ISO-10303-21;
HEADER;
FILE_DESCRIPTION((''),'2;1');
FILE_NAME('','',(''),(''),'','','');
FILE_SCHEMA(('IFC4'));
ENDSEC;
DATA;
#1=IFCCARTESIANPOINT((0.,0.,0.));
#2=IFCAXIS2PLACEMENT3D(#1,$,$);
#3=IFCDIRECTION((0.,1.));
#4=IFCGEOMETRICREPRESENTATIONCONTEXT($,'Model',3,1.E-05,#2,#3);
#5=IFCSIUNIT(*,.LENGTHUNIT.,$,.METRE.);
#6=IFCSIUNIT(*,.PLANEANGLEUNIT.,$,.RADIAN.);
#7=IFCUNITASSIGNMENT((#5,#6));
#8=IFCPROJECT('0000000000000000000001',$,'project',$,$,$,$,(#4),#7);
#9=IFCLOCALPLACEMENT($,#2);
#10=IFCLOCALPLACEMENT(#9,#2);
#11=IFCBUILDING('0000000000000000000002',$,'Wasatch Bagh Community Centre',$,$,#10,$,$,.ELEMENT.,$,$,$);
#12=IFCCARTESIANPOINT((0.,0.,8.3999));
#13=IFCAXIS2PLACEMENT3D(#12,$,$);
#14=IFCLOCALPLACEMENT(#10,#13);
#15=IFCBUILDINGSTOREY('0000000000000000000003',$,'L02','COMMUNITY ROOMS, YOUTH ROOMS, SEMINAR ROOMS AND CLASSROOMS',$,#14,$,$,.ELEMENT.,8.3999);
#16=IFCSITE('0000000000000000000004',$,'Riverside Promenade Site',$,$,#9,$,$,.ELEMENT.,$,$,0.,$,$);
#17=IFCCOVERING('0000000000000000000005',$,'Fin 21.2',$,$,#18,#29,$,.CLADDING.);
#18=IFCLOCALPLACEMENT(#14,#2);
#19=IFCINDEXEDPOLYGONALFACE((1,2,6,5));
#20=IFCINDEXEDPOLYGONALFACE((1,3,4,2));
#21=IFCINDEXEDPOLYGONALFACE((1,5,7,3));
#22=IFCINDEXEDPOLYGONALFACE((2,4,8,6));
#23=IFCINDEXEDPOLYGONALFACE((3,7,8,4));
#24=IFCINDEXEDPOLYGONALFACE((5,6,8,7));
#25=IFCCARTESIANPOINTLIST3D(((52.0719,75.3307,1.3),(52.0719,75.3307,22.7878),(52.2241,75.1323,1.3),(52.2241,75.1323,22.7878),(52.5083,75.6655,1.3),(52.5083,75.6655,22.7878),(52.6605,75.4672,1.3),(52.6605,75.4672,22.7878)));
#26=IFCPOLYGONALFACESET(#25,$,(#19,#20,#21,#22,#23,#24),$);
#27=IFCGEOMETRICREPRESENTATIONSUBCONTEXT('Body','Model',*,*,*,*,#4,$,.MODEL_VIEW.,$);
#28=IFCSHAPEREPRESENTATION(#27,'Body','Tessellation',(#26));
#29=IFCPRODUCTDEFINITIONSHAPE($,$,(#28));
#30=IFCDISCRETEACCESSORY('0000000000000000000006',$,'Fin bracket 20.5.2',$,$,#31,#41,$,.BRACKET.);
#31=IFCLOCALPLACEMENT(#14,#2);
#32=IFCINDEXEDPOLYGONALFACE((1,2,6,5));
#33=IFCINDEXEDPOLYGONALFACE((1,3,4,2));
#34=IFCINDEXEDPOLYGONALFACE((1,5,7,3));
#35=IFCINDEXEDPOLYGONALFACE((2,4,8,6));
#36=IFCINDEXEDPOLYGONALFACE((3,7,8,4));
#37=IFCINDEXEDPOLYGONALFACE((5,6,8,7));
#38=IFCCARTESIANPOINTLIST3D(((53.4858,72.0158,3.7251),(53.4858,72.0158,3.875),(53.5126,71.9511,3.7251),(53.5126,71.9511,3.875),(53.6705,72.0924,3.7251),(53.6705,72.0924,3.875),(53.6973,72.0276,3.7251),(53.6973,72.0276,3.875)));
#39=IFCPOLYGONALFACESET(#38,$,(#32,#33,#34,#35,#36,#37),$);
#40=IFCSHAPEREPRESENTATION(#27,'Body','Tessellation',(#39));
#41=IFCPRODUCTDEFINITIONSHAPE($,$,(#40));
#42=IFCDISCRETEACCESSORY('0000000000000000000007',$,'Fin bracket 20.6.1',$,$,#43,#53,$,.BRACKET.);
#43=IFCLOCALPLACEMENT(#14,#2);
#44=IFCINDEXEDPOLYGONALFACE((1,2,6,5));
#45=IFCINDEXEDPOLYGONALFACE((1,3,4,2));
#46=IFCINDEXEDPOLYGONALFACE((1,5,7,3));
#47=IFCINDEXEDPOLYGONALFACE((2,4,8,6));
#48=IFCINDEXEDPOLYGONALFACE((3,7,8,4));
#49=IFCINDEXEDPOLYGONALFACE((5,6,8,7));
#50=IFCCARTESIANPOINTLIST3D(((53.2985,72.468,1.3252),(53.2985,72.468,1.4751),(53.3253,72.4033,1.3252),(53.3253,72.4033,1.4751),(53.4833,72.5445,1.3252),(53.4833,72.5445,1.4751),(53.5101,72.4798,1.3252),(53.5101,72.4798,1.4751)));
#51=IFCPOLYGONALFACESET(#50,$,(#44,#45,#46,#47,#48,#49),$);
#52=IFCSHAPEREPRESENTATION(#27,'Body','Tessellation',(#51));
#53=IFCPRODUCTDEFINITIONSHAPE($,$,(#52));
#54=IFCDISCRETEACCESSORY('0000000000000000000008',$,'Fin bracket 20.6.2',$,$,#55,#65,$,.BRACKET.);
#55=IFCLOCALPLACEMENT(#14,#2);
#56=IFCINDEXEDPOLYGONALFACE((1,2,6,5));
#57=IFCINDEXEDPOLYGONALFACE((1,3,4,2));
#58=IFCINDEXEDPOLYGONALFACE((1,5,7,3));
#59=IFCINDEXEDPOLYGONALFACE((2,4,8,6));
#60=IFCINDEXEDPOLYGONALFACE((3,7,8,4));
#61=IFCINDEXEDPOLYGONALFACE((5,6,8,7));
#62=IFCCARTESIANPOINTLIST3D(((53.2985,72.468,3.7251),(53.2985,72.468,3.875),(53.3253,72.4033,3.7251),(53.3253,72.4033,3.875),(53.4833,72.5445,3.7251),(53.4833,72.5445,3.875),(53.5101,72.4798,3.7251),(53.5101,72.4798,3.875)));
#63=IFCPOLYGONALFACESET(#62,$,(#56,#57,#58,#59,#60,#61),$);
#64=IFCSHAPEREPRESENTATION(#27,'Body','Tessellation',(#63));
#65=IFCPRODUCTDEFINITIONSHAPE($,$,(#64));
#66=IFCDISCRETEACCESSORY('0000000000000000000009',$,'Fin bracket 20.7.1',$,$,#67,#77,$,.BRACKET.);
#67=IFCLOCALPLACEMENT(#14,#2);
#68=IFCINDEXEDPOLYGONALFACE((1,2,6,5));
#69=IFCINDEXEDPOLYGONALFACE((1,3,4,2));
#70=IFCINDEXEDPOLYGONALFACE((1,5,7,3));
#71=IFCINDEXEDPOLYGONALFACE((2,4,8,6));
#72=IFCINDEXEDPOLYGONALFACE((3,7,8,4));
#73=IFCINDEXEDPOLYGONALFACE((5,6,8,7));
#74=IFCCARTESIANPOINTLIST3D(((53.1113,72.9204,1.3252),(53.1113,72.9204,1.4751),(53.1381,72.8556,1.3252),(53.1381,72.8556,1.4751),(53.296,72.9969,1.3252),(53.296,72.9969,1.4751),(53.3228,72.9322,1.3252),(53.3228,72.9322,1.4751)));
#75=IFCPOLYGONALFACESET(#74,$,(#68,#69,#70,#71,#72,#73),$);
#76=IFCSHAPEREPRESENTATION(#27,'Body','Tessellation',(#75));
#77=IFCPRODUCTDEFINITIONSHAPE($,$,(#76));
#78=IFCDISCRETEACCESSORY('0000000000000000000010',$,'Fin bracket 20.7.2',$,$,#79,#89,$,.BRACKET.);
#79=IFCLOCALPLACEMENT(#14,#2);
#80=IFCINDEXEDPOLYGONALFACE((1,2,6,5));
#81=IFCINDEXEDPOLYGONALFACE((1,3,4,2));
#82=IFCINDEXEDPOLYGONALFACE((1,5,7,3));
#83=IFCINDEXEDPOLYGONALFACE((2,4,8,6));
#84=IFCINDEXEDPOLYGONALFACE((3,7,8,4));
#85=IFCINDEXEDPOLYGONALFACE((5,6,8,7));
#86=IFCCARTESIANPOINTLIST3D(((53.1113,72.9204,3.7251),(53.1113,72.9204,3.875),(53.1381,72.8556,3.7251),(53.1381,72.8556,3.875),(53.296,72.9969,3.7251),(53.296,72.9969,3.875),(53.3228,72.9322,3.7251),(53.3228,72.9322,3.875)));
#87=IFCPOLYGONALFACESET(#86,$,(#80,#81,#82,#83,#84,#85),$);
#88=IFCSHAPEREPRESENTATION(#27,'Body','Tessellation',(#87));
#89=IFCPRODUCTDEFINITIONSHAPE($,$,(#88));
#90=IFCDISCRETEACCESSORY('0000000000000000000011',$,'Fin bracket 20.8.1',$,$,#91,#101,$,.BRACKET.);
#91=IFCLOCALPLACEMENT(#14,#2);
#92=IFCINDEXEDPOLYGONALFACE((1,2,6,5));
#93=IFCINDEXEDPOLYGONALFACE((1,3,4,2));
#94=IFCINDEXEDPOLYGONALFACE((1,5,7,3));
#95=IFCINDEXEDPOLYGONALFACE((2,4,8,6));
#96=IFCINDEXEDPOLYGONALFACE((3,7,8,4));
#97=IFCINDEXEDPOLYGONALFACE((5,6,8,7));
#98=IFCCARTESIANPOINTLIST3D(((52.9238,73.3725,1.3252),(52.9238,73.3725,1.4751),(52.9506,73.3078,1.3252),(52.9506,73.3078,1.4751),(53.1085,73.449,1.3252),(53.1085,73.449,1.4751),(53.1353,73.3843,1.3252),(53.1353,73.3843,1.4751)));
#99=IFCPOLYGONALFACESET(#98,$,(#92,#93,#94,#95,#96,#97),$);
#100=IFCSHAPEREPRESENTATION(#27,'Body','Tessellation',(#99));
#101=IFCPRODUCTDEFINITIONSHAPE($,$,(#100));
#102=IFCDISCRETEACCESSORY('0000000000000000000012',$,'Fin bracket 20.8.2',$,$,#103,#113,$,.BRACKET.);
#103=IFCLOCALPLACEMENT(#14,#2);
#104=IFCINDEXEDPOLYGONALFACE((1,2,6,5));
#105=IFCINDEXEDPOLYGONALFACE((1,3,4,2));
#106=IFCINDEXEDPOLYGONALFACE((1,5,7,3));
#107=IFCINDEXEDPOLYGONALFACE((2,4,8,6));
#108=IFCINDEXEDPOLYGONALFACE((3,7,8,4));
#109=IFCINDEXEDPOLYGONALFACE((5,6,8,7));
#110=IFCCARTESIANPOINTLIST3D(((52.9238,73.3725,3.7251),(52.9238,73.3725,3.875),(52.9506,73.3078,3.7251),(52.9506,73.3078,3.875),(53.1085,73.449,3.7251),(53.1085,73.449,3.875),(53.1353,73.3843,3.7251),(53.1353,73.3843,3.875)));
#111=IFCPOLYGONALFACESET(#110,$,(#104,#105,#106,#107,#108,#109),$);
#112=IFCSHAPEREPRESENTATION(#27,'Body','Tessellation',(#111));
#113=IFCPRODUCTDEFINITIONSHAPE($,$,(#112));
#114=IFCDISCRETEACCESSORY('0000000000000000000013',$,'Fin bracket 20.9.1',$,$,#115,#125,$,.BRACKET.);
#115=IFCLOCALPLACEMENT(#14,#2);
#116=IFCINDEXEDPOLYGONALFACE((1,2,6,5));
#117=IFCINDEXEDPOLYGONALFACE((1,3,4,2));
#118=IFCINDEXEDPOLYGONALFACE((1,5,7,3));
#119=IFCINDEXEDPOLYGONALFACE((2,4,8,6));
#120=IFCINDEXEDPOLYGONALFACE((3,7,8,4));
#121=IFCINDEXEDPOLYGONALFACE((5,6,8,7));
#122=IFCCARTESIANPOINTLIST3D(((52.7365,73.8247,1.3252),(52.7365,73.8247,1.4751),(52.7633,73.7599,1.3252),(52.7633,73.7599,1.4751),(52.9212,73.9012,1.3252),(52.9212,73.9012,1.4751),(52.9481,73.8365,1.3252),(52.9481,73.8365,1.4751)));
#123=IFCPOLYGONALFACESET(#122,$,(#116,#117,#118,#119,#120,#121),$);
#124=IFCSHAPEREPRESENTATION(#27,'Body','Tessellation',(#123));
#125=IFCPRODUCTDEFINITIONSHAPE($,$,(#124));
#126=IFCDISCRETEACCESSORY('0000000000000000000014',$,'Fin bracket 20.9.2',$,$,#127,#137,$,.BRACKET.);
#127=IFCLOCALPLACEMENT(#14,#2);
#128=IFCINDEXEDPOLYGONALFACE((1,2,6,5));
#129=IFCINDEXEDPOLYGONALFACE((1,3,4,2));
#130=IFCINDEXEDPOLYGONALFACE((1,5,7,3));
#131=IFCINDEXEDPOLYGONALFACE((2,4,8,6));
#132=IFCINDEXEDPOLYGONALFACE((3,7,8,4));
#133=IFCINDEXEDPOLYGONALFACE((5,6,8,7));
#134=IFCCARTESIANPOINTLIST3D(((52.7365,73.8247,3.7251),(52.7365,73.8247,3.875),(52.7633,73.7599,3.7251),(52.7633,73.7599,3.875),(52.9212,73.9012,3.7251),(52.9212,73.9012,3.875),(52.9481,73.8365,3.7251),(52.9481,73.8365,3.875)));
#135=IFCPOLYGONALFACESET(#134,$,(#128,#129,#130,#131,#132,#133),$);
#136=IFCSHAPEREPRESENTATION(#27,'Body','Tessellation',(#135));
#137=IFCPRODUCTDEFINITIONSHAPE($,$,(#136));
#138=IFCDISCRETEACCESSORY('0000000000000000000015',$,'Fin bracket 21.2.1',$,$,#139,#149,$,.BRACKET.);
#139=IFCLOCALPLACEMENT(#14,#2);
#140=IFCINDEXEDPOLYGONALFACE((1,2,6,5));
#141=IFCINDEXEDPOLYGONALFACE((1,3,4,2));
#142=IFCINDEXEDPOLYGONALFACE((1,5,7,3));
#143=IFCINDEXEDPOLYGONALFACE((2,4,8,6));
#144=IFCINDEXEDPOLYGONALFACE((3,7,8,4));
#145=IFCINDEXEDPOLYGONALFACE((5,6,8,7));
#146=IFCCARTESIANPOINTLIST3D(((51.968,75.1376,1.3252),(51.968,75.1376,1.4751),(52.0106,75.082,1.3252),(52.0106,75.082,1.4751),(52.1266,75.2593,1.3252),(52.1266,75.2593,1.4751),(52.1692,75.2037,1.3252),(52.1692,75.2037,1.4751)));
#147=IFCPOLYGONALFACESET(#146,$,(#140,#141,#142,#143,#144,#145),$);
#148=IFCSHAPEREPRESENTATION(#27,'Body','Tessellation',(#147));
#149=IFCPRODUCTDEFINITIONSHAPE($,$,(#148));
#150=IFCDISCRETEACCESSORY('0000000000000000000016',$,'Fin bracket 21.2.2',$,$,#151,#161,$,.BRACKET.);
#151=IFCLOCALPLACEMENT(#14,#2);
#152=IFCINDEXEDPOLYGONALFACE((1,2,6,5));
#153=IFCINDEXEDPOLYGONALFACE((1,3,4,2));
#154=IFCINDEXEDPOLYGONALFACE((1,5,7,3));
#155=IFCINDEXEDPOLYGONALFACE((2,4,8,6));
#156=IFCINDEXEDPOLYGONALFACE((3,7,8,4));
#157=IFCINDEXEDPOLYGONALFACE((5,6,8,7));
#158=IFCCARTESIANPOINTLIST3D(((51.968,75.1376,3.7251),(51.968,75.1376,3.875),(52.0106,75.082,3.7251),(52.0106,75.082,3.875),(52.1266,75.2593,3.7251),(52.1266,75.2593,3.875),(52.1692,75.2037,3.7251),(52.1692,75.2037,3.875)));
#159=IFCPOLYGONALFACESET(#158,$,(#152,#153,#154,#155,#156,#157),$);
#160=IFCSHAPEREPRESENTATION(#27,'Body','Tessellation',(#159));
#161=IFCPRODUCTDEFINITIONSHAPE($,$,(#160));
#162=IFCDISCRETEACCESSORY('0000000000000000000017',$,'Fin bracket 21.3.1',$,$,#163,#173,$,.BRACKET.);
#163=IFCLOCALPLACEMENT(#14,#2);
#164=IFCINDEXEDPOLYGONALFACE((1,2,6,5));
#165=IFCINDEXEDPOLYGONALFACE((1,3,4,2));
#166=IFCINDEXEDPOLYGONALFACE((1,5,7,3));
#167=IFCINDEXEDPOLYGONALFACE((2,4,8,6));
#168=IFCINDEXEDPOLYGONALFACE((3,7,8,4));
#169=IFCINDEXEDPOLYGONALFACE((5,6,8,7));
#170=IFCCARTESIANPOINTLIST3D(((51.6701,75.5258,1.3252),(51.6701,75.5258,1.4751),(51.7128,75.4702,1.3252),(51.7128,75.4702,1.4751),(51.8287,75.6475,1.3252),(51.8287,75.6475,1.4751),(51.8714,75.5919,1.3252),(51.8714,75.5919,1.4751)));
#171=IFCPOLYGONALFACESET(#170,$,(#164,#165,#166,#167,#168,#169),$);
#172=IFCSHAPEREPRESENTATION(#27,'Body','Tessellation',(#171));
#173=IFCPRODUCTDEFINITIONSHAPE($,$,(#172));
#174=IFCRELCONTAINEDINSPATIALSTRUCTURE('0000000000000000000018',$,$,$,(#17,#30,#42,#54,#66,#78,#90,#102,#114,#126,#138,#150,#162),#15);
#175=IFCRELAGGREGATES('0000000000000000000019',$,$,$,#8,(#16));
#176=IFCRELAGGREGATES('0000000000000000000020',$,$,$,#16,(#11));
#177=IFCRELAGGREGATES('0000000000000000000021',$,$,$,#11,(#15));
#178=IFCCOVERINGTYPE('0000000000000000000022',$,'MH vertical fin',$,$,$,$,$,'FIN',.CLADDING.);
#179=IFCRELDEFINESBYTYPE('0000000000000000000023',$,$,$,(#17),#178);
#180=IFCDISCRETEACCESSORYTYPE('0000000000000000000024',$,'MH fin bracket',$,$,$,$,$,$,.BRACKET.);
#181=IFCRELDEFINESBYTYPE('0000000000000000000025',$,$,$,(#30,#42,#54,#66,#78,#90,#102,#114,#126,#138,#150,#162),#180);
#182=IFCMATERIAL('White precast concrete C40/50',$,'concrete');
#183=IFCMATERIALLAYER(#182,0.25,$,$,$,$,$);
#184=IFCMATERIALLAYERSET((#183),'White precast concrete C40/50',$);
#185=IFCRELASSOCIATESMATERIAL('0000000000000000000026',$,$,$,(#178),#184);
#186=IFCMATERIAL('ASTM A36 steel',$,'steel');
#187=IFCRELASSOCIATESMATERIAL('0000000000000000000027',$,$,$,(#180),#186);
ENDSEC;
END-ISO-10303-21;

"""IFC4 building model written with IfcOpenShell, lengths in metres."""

from ifc_helpers import new_model, si_unit, direction, frame, origin, origin_2d, place, context, subcontext, project, spatial, rectangle, extrude, material, layer, layer_set, type_object, element, save


model = new_model("IFC4")

# Units and contexts
model_context = context("Model", 3, precision=1e-05, world=origin(), true_north=direction((0.0, 1.0)))
body_context = subcontext(model_context, "Body", "Model", "MODEL_VIEW")
ifc_project = project(units=[si_unit("LENGTHUNIT", "METRE"), si_unit("PLANEANGLEUNIT", "RADIAN")], contexts=[model_context])

# Site, building, storey
site_placement = place(None, origin())
site = spatial("IfcSite", under=ifc_project, at=site_placement, Name="Riverside Promenade Site", CompositionType="ELEMENT", RefElevation=0.0)
building_placement = place(site_placement, origin())
building = spatial("IfcBuilding", under=site, at=building_placement, Name="Wasatch Bagh Community Centre", CompositionType="ELEMENT")
storey_placement = place(building_placement, frame((0.0, 0.0, 8.3999)))
storey = spatial("IfcBuildingStorey", under=building, at=storey_placement, Name="L02", Description="COMMUNITY ROOMS, YOUTH ROOMS, SEMINAR ROOMS AND CLASSROOMS", CompositionType="ELEMENT", Elevation=8.3999)

# Covering
ifc_material_1 = material(Name="White precast concrete C40/50", Category="concrete")
ifc_layer_1 = layer(ifc_material_1, 0.25)
ifc_layer_set_1 = layer_set([ifc_layer_1], Name="White precast concrete C40/50")
covering_type_1 = type_object("IfcCoveringType", Name="MH vertical fin", ElementType="FIN", PredefinedType="CLADDING", material=ifc_layer_set_1)
covering_1_placement = place(storey_placement, frame((52.3662, 75.3989, 1.3), z_axis=(0.0, 0.0, 1.0), x_axis=(-0.608761, 0.793353, 0.0)))
element("IfcCovering", 1, at=covering_1_placement, inside=storey, type_object=covering_type_1, Name="Fin 21.2", PredefinedType="CLADDING", context=body_context, shape_type="SweptSolid", body=[
    extrude(rectangle(XDim=0.25, YDim=0.55, at=origin_2d()), origin(), (0.0, 0.0, 1.0), 21.4878),
])

# Discrete accessories
ifc_material_2 = material(Name="ASTM A36 steel", Category="steel")
discrete_accessory_type = type_object("IfcDiscreteAccessoryType", Name="MH fin bracket", PredefinedType="BRACKET", material=ifc_material_2)
for number, where, z_axis, x_axis, name in (
    (2, (53.5916, 72.0217, 3.7251), (0.0, 0.0, 1.0), (-0.382683, 0.92388, 0.0), "Fin bracket 20.5.2"),
    (3, (53.4043, 72.4739, 1.3252), (0.0, 0.0, 1.0), (-0.382683, 0.92388, 0.0), "Fin bracket 20.6.1"),
    (4, (53.4043, 72.4739, 3.7251), (0.0, 0.0, 1.0), (-0.382683, 0.92388, 0.0), "Fin bracket 20.6.2"),
    (5, (53.217, 72.9263, 1.3252), (0.0, 0.0, 1.0), (-0.382683, 0.92388, 0.0), "Fin bracket 20.7.1"),
    (6, (53.217, 72.9263, 3.7251), (0.0, 0.0, 1.0), (-0.382683, 0.92388, 0.0), "Fin bracket 20.7.2"),
    (7, (53.0295, 73.3784, 1.3252), (0.0, 0.0, 1.0), (-0.382683, 0.92388, 0.0), "Fin bracket 20.8.1"),
    (8, (53.0295, 73.3784, 3.7251), (0.0, 0.0, 1.0), (-0.382683, 0.92388, 0.0), "Fin bracket 20.8.2"),
    (9, (52.8423, 73.8306, 1.3252), (0.0, 0.0, 1.0), (-0.382683, 0.92388, 0.0), "Fin bracket 20.9.1"),
    (10, (52.8423, 73.8306, 3.7251), (0.0, 0.0, 1.0), (-0.382683, 0.92388, 0.0), "Fin bracket 20.9.2"),
    (11, (52.0686, 75.1707, 1.3252), (0.0, 0.0, 1.0), (-0.608761, 0.793353, 0.0), "Fin bracket 21.2.1"),
    (12, (52.0686, 75.1707, 3.7251), (0.0, 0.0, 1.0), (-0.608761, 0.793353, 0.0), "Fin bracket 21.2.2"),
    (13, (51.7708, 75.5588, 1.3252), (0.0, 0.0, 1.0), (-0.608761, 0.793353, 0.0), "Fin bracket 21.3.1"),
):
    element("IfcDiscreteAccessory", number, at=place(storey_placement, frame(where, z_axis=z_axis, x_axis=x_axis)), inside=storey, type_object=discrete_accessory_type, Name=name, PredefinedType="BRACKET", context=body_context, shape_type="SweptSolid", body=[
        extrude(rectangle(XDim=0.0701, YDim=0.2, at=origin_2d()), origin(), (0.0, 0.0, 1.0), 0.1499),
    ])

save(model, "model.ifc")
